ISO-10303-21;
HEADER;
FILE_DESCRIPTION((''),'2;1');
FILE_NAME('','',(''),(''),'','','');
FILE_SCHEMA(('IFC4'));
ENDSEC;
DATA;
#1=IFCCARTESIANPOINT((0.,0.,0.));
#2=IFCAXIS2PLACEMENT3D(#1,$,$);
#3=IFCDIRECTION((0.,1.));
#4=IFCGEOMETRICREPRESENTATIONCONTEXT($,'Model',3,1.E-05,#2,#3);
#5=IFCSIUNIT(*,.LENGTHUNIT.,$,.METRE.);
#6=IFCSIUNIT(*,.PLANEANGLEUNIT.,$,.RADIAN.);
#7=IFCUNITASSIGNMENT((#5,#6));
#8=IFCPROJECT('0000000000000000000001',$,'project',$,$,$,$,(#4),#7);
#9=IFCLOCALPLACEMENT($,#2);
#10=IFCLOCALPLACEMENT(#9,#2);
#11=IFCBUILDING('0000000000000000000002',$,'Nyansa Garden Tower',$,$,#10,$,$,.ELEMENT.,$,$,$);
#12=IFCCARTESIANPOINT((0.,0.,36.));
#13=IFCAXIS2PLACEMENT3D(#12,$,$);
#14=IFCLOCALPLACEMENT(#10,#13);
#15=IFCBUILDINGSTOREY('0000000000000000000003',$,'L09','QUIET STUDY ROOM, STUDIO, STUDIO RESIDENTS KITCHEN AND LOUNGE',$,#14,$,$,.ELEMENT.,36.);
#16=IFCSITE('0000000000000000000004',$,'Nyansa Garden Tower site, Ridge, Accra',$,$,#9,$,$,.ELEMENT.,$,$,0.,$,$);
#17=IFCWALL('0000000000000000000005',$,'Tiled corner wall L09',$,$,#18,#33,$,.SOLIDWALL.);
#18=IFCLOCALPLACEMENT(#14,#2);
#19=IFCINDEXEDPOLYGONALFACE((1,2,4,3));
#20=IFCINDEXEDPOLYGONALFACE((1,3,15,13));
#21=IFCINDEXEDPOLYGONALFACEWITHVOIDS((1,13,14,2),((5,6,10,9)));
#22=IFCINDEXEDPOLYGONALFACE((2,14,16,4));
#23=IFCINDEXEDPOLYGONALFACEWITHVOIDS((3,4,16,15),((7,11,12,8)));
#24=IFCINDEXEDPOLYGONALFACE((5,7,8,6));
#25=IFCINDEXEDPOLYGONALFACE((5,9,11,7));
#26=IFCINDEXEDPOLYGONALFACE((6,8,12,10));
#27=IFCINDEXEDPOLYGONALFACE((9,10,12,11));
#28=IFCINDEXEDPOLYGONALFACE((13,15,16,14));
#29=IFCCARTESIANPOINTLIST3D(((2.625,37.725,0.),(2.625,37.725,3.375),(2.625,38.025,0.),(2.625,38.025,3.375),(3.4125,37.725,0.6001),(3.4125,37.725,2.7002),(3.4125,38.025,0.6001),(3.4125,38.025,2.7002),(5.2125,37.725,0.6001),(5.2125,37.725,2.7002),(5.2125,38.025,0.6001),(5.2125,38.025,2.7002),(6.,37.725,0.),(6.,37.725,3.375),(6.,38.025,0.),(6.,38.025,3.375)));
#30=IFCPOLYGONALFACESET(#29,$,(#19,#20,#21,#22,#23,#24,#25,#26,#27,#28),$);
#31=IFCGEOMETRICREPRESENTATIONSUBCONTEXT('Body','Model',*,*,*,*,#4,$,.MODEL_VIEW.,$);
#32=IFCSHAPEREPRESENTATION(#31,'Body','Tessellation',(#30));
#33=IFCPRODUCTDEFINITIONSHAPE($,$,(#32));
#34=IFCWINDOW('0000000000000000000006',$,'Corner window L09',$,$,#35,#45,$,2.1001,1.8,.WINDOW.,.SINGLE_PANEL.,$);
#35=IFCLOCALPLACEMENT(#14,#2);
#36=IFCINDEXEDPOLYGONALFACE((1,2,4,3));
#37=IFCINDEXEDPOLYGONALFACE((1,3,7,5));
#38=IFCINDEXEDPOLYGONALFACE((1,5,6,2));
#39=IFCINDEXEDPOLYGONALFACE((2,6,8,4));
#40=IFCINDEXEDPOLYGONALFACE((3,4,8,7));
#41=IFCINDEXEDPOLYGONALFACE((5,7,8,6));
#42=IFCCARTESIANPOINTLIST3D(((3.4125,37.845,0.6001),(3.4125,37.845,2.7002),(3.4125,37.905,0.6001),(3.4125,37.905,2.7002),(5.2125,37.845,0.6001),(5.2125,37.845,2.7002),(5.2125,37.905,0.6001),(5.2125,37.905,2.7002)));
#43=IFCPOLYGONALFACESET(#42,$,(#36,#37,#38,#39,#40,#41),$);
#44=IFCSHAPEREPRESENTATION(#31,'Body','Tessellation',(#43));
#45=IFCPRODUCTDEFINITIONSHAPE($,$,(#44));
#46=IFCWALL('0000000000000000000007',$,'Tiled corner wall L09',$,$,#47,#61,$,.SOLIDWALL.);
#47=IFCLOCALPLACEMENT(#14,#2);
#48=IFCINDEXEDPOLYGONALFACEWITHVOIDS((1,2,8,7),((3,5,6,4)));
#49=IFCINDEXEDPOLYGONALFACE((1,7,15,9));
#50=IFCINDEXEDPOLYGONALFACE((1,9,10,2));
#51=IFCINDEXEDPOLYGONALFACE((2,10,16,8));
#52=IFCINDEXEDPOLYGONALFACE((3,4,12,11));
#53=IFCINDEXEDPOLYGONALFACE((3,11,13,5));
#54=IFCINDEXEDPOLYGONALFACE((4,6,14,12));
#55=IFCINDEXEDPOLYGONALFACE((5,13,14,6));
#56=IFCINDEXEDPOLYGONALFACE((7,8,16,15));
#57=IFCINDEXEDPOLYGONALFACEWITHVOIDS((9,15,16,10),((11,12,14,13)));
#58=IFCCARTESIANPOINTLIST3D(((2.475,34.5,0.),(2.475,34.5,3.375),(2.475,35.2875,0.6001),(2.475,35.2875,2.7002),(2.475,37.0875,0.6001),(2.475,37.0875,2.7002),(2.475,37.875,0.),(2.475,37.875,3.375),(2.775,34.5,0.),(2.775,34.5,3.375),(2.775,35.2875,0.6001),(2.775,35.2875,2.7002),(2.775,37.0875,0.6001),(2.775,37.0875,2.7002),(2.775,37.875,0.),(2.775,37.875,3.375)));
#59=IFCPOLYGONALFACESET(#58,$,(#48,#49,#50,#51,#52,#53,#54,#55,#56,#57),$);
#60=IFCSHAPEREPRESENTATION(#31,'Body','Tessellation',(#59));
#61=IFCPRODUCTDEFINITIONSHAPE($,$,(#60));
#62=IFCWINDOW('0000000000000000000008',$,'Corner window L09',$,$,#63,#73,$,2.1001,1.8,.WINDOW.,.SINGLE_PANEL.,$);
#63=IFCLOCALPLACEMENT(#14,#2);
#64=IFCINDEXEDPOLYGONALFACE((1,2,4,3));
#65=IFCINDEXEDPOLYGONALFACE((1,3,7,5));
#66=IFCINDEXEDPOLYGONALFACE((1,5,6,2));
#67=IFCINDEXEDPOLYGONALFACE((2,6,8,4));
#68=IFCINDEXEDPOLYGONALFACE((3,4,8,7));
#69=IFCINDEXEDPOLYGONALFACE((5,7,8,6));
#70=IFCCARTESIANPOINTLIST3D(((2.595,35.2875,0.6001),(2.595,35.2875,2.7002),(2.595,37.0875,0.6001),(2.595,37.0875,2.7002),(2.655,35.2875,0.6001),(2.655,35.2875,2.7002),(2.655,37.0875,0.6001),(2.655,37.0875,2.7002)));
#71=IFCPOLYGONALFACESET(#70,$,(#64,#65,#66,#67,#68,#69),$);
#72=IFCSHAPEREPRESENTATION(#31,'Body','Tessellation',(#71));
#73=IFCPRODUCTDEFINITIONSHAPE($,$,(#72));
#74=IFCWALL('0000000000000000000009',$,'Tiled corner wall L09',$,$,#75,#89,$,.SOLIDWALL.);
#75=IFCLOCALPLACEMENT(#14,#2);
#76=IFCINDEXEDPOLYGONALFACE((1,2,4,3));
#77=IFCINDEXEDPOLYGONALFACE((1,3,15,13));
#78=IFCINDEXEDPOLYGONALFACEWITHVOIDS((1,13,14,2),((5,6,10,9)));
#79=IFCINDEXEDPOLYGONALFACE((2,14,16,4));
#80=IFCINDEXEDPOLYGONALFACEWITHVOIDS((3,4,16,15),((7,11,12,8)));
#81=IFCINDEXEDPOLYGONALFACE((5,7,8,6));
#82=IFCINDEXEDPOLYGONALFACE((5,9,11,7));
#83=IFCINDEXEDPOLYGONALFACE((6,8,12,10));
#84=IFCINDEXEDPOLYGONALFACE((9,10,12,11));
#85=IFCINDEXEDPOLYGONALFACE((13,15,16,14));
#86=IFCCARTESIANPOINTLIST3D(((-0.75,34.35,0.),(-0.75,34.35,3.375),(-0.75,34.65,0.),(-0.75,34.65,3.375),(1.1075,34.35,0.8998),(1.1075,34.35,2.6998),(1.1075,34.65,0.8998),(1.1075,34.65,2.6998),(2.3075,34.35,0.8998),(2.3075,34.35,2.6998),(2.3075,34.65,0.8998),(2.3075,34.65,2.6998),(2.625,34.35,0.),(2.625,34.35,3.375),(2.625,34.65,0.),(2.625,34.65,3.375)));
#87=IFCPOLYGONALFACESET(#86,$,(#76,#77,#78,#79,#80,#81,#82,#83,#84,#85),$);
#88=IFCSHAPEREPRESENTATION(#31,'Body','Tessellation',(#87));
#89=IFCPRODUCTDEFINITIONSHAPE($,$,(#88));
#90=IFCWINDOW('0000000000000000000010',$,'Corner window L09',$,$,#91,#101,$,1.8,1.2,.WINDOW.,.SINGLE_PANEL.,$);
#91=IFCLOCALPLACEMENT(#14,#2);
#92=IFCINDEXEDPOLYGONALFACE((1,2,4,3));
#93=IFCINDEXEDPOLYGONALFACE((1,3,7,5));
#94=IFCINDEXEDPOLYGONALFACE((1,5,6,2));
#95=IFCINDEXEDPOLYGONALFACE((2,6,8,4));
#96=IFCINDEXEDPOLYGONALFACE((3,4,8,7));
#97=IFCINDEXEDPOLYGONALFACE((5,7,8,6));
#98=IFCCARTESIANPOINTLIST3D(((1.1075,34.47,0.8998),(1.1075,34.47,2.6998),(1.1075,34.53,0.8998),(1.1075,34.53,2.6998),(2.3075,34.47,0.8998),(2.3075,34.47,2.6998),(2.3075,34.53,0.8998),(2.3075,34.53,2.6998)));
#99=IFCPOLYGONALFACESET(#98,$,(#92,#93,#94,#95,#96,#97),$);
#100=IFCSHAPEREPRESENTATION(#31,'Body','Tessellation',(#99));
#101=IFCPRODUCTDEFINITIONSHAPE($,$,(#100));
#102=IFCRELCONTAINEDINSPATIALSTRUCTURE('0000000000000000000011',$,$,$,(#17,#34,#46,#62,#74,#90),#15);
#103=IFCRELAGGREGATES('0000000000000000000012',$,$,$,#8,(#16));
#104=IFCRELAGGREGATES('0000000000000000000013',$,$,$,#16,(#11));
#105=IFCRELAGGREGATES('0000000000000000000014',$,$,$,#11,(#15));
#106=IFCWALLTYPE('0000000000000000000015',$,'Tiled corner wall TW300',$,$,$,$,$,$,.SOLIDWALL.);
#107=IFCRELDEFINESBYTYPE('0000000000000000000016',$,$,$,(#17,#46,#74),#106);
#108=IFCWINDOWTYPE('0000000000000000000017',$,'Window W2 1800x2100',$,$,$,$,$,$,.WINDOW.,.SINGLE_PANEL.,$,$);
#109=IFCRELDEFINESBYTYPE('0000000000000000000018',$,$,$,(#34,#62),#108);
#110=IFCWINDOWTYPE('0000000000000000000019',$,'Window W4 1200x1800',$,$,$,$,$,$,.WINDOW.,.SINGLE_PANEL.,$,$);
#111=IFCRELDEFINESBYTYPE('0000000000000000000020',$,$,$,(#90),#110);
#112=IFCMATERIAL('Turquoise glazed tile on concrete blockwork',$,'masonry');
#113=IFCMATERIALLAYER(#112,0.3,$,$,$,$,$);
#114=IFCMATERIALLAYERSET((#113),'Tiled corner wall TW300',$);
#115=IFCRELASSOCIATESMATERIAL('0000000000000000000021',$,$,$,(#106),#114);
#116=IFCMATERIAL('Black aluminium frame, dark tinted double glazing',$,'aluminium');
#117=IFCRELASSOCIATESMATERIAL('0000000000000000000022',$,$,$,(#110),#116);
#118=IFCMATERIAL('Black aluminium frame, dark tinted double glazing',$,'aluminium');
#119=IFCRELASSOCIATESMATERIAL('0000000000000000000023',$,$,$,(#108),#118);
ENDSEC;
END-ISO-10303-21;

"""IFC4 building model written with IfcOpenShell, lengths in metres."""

from ifc_helpers import new_model, si_unit, direction, frame, frame_2d, origin, place, context, subcontext, project, spatial, rectangle, extrude, material, layer, layer_set, type_object, element, fill, save


model = new_model("IFC4")

# Units and contexts
model_context = context("Model", 3, precision=1e-05, world=origin(), true_north=direction((0.0, 1.0)))
body_context = subcontext(model_context, "Body", "Model", "MODEL_VIEW")
ifc_project = project(units=[si_unit("LENGTHUNIT", "METRE"), si_unit("PLANEANGLEUNIT", "RADIAN")], contexts=[model_context])

# Site, building, storey
site_placement = place(None, origin())
site = spatial("IfcSite", under=ifc_project, at=site_placement, Name="Nyansa Garden Tower site, Ridge, Accra", CompositionType="ELEMENT", RefElevation=0.0)
building_placement = place(site_placement, origin())
building = spatial("IfcBuilding", under=site, at=building_placement, Name="Nyansa Garden Tower", CompositionType="ELEMENT")
storey_placement = place(building_placement, frame((0.0, 0.0, 36.0)))
storey = spatial("IfcBuildingStorey", under=building, at=storey_placement, Name="L09", Description="QUIET STUDY ROOM, STUDIO, STUDIO RESIDENTS KITCHEN AND LOUNGE", CompositionType="ELEMENT", Elevation=36.0)

# Walls, openings, windows
ifc_material_1 = material(Name="Turquoise glazed tile on concrete blockwork", Category="masonry")
ifc_layer_1 = layer(ifc_material_1, 0.3)
ifc_layer_set_1 = layer_set([ifc_layer_1], Name="Tiled corner wall TW300")
wall_type_1 = type_object("IfcWallType", Name="Tiled corner wall TW300", PredefinedType="SOLIDWALL", material=ifc_layer_set_1)
ifc_material_2 = material(Name="Black aluminium frame, dark tinted double glazing", Category="aluminium")
window_type_1 = type_object("IfcWindowType", Name="Window W4 1200x1800", PartitioningType="SINGLE_PANEL", PredefinedType="WINDOW", material=ifc_material_2)
wall_1_placement = place(storey_placement, frame((6.0, 37.875, 0.0), z_axis=(0.0, 0.0, 1.0), x_axis=(-1.0, 0.0, 0.0)))
wall_1 = element("IfcWall", 1, at=wall_1_placement, inside=storey, type_object=wall_type_1, Name="Tiled corner wall L09", PredefinedType="SOLIDWALL", context=body_context, shape_type="SweptSolid", body=[
    extrude(rectangle(XDim=3.375, YDim=0.3, at=frame_2d((1.6875, 0.0))), origin(), (0.0, 0.0, 1.0), 3.375),
])
opening_1_placement = place(wall_1_placement, frame((0.7876, 0.0, 0.6001)))
opening_1 = element("IfcOpeningElement", 2, at=opening_1_placement, cuts=wall_1, PredefinedType="OPENING", context=body_context, shape_type="SweptSolid", body=[
    extrude(rectangle(XDim=1.8, YDim=2.1001, at=frame_2d((0.8999, 1.05))), frame((0.0, 0.1599, 0.0), z_axis=(0.0, -1.0, 0.0), x_axis=(1.0, 0.0, 0.0)), (0.0, 0.0, 1.0), 0.3201),
])
ifc_material_3 = material(Name="Black aluminium frame, dark tinted double glazing", Category="aluminium")
window_type_2 = type_object("IfcWindowType", Name="Window W2 1800x2100", PartitioningType="SINGLE_PANEL", PredefinedType="WINDOW", material=ifc_material_3)
window_1_placement = place(opening_1_placement, origin())
window_1 = element("IfcWindow", 3, at=window_1_placement, inside=storey, type_object=window_type_2, Name="Corner window L09", OverallHeight=2.1001, OverallWidth=1.8, PartitioningType="SINGLE_PANEL", PredefinedType="WINDOW", context=body_context, shape_type="SweptSolid", body=[
    extrude(rectangle(XDim=1.8, YDim=2.1001, at=frame_2d((0.8999, 1.05))), frame((0.0, 0.03, 0.0), z_axis=(0.0, -1.0, 0.0), x_axis=(1.0, 0.0, 0.0)), (0.0, 0.0, 1.0), 0.0601),
])
fill(opening_1, window_1)
wall_2_placement = place(storey_placement, frame((2.625, 37.875, 0.0), z_axis=(0.0, 0.0, 1.0), x_axis=(0.0, -1.0, 0.0)))
wall_2 = element("IfcWall", 4, at=wall_2_placement, inside=storey, type_object=wall_type_1, Name="Tiled corner wall L09", PredefinedType="SOLIDWALL", context=body_context, shape_type="SweptSolid", body=[
    extrude(rectangle(XDim=3.375, YDim=0.3, at=frame_2d((1.6875, 0.0))), origin(), (0.0, 0.0, 1.0), 3.375),
])
opening_2_placement = place(wall_2_placement, frame((0.7876, 0.0, 0.6001)))
opening_2 = element("IfcOpeningElement", 5, at=opening_2_placement, cuts=wall_2, PredefinedType="OPENING", context=body_context, shape_type="SweptSolid", body=[
    extrude(rectangle(XDim=1.8, YDim=2.1001, at=frame_2d((0.8999, 1.05))), frame((0.0, 0.1599, 0.0), z_axis=(0.0, -1.0, 0.0), x_axis=(1.0, 0.0, 0.0)), (0.0, 0.0, 1.0), 0.3201),
])
window_2_placement = place(opening_2_placement, origin())
window_2 = element("IfcWindow", 6, at=window_2_placement, inside=storey, type_object=window_type_2, Name="Corner window L09", OverallHeight=2.1001, OverallWidth=1.8, PartitioningType="SINGLE_PANEL", PredefinedType="WINDOW", context=body_context, shape_type="SweptSolid", body=[
    extrude(rectangle(XDim=1.8, YDim=2.1001, at=frame_2d((0.8999, 1.05))), frame((0.0, 0.03, 0.0), z_axis=(0.0, -1.0, 0.0), x_axis=(1.0, 0.0, 0.0)), (0.0, 0.0, 1.0), 0.0601),
])
fill(opening_2, window_2)
wall_3_placement = place(storey_placement, frame((2.625, 34.5, 0.0), z_axis=(0.0, 0.0, 1.0), x_axis=(-1.0, 0.0, 0.0)))
wall_3 = element("IfcWall", 7, at=wall_3_placement, inside=storey, type_object=wall_type_1, Name="Tiled corner wall L09", PredefinedType="SOLIDWALL", context=body_context, shape_type="SweptSolid", body=[
    extrude(rectangle(XDim=3.375, YDim=0.3, at=frame_2d((1.6875, 0.0))), origin(), (0.0, 0.0, 1.0), 3.375),
])
opening_3_placement = place(wall_3_placement, frame((0.3174, 0.0, 0.8999)))
opening_3 = element("IfcOpeningElement", 8, at=opening_3_placement, cuts=wall_3, PredefinedType="OPENING", context=body_context, shape_type="SweptSolid", body=[
    extrude(rectangle(XDim=1.2, YDim=1.8, at=frame_2d((0.6001, 0.8999))), frame((0.0, 0.1599, 0.0), z_axis=(0.0, -1.0, 0.0), x_axis=(1.0, 0.0, 0.0)), (0.0, 0.0, 1.0), 0.3201),
])
window_3_placement = place(opening_3_placement, origin())
window_3 = element("IfcWindow", 9, at=window_3_placement, inside=storey, type_object=window_type_1, Name="Corner window L09", OverallHeight=1.8, OverallWidth=1.2, PartitioningType="SINGLE_PANEL", PredefinedType="WINDOW", context=body_context, shape_type="SweptSolid", body=[
    extrude(rectangle(XDim=1.2, YDim=1.8, at=frame_2d((0.6001, 0.8999))), frame((0.0, 0.03, 0.0), z_axis=(0.0, -1.0, 0.0), x_axis=(1.0, 0.0, 0.0)), (0.0, 0.0, 1.0), 0.0601),
])
fill(opening_3, window_3)

save(model, "model.ifc")
